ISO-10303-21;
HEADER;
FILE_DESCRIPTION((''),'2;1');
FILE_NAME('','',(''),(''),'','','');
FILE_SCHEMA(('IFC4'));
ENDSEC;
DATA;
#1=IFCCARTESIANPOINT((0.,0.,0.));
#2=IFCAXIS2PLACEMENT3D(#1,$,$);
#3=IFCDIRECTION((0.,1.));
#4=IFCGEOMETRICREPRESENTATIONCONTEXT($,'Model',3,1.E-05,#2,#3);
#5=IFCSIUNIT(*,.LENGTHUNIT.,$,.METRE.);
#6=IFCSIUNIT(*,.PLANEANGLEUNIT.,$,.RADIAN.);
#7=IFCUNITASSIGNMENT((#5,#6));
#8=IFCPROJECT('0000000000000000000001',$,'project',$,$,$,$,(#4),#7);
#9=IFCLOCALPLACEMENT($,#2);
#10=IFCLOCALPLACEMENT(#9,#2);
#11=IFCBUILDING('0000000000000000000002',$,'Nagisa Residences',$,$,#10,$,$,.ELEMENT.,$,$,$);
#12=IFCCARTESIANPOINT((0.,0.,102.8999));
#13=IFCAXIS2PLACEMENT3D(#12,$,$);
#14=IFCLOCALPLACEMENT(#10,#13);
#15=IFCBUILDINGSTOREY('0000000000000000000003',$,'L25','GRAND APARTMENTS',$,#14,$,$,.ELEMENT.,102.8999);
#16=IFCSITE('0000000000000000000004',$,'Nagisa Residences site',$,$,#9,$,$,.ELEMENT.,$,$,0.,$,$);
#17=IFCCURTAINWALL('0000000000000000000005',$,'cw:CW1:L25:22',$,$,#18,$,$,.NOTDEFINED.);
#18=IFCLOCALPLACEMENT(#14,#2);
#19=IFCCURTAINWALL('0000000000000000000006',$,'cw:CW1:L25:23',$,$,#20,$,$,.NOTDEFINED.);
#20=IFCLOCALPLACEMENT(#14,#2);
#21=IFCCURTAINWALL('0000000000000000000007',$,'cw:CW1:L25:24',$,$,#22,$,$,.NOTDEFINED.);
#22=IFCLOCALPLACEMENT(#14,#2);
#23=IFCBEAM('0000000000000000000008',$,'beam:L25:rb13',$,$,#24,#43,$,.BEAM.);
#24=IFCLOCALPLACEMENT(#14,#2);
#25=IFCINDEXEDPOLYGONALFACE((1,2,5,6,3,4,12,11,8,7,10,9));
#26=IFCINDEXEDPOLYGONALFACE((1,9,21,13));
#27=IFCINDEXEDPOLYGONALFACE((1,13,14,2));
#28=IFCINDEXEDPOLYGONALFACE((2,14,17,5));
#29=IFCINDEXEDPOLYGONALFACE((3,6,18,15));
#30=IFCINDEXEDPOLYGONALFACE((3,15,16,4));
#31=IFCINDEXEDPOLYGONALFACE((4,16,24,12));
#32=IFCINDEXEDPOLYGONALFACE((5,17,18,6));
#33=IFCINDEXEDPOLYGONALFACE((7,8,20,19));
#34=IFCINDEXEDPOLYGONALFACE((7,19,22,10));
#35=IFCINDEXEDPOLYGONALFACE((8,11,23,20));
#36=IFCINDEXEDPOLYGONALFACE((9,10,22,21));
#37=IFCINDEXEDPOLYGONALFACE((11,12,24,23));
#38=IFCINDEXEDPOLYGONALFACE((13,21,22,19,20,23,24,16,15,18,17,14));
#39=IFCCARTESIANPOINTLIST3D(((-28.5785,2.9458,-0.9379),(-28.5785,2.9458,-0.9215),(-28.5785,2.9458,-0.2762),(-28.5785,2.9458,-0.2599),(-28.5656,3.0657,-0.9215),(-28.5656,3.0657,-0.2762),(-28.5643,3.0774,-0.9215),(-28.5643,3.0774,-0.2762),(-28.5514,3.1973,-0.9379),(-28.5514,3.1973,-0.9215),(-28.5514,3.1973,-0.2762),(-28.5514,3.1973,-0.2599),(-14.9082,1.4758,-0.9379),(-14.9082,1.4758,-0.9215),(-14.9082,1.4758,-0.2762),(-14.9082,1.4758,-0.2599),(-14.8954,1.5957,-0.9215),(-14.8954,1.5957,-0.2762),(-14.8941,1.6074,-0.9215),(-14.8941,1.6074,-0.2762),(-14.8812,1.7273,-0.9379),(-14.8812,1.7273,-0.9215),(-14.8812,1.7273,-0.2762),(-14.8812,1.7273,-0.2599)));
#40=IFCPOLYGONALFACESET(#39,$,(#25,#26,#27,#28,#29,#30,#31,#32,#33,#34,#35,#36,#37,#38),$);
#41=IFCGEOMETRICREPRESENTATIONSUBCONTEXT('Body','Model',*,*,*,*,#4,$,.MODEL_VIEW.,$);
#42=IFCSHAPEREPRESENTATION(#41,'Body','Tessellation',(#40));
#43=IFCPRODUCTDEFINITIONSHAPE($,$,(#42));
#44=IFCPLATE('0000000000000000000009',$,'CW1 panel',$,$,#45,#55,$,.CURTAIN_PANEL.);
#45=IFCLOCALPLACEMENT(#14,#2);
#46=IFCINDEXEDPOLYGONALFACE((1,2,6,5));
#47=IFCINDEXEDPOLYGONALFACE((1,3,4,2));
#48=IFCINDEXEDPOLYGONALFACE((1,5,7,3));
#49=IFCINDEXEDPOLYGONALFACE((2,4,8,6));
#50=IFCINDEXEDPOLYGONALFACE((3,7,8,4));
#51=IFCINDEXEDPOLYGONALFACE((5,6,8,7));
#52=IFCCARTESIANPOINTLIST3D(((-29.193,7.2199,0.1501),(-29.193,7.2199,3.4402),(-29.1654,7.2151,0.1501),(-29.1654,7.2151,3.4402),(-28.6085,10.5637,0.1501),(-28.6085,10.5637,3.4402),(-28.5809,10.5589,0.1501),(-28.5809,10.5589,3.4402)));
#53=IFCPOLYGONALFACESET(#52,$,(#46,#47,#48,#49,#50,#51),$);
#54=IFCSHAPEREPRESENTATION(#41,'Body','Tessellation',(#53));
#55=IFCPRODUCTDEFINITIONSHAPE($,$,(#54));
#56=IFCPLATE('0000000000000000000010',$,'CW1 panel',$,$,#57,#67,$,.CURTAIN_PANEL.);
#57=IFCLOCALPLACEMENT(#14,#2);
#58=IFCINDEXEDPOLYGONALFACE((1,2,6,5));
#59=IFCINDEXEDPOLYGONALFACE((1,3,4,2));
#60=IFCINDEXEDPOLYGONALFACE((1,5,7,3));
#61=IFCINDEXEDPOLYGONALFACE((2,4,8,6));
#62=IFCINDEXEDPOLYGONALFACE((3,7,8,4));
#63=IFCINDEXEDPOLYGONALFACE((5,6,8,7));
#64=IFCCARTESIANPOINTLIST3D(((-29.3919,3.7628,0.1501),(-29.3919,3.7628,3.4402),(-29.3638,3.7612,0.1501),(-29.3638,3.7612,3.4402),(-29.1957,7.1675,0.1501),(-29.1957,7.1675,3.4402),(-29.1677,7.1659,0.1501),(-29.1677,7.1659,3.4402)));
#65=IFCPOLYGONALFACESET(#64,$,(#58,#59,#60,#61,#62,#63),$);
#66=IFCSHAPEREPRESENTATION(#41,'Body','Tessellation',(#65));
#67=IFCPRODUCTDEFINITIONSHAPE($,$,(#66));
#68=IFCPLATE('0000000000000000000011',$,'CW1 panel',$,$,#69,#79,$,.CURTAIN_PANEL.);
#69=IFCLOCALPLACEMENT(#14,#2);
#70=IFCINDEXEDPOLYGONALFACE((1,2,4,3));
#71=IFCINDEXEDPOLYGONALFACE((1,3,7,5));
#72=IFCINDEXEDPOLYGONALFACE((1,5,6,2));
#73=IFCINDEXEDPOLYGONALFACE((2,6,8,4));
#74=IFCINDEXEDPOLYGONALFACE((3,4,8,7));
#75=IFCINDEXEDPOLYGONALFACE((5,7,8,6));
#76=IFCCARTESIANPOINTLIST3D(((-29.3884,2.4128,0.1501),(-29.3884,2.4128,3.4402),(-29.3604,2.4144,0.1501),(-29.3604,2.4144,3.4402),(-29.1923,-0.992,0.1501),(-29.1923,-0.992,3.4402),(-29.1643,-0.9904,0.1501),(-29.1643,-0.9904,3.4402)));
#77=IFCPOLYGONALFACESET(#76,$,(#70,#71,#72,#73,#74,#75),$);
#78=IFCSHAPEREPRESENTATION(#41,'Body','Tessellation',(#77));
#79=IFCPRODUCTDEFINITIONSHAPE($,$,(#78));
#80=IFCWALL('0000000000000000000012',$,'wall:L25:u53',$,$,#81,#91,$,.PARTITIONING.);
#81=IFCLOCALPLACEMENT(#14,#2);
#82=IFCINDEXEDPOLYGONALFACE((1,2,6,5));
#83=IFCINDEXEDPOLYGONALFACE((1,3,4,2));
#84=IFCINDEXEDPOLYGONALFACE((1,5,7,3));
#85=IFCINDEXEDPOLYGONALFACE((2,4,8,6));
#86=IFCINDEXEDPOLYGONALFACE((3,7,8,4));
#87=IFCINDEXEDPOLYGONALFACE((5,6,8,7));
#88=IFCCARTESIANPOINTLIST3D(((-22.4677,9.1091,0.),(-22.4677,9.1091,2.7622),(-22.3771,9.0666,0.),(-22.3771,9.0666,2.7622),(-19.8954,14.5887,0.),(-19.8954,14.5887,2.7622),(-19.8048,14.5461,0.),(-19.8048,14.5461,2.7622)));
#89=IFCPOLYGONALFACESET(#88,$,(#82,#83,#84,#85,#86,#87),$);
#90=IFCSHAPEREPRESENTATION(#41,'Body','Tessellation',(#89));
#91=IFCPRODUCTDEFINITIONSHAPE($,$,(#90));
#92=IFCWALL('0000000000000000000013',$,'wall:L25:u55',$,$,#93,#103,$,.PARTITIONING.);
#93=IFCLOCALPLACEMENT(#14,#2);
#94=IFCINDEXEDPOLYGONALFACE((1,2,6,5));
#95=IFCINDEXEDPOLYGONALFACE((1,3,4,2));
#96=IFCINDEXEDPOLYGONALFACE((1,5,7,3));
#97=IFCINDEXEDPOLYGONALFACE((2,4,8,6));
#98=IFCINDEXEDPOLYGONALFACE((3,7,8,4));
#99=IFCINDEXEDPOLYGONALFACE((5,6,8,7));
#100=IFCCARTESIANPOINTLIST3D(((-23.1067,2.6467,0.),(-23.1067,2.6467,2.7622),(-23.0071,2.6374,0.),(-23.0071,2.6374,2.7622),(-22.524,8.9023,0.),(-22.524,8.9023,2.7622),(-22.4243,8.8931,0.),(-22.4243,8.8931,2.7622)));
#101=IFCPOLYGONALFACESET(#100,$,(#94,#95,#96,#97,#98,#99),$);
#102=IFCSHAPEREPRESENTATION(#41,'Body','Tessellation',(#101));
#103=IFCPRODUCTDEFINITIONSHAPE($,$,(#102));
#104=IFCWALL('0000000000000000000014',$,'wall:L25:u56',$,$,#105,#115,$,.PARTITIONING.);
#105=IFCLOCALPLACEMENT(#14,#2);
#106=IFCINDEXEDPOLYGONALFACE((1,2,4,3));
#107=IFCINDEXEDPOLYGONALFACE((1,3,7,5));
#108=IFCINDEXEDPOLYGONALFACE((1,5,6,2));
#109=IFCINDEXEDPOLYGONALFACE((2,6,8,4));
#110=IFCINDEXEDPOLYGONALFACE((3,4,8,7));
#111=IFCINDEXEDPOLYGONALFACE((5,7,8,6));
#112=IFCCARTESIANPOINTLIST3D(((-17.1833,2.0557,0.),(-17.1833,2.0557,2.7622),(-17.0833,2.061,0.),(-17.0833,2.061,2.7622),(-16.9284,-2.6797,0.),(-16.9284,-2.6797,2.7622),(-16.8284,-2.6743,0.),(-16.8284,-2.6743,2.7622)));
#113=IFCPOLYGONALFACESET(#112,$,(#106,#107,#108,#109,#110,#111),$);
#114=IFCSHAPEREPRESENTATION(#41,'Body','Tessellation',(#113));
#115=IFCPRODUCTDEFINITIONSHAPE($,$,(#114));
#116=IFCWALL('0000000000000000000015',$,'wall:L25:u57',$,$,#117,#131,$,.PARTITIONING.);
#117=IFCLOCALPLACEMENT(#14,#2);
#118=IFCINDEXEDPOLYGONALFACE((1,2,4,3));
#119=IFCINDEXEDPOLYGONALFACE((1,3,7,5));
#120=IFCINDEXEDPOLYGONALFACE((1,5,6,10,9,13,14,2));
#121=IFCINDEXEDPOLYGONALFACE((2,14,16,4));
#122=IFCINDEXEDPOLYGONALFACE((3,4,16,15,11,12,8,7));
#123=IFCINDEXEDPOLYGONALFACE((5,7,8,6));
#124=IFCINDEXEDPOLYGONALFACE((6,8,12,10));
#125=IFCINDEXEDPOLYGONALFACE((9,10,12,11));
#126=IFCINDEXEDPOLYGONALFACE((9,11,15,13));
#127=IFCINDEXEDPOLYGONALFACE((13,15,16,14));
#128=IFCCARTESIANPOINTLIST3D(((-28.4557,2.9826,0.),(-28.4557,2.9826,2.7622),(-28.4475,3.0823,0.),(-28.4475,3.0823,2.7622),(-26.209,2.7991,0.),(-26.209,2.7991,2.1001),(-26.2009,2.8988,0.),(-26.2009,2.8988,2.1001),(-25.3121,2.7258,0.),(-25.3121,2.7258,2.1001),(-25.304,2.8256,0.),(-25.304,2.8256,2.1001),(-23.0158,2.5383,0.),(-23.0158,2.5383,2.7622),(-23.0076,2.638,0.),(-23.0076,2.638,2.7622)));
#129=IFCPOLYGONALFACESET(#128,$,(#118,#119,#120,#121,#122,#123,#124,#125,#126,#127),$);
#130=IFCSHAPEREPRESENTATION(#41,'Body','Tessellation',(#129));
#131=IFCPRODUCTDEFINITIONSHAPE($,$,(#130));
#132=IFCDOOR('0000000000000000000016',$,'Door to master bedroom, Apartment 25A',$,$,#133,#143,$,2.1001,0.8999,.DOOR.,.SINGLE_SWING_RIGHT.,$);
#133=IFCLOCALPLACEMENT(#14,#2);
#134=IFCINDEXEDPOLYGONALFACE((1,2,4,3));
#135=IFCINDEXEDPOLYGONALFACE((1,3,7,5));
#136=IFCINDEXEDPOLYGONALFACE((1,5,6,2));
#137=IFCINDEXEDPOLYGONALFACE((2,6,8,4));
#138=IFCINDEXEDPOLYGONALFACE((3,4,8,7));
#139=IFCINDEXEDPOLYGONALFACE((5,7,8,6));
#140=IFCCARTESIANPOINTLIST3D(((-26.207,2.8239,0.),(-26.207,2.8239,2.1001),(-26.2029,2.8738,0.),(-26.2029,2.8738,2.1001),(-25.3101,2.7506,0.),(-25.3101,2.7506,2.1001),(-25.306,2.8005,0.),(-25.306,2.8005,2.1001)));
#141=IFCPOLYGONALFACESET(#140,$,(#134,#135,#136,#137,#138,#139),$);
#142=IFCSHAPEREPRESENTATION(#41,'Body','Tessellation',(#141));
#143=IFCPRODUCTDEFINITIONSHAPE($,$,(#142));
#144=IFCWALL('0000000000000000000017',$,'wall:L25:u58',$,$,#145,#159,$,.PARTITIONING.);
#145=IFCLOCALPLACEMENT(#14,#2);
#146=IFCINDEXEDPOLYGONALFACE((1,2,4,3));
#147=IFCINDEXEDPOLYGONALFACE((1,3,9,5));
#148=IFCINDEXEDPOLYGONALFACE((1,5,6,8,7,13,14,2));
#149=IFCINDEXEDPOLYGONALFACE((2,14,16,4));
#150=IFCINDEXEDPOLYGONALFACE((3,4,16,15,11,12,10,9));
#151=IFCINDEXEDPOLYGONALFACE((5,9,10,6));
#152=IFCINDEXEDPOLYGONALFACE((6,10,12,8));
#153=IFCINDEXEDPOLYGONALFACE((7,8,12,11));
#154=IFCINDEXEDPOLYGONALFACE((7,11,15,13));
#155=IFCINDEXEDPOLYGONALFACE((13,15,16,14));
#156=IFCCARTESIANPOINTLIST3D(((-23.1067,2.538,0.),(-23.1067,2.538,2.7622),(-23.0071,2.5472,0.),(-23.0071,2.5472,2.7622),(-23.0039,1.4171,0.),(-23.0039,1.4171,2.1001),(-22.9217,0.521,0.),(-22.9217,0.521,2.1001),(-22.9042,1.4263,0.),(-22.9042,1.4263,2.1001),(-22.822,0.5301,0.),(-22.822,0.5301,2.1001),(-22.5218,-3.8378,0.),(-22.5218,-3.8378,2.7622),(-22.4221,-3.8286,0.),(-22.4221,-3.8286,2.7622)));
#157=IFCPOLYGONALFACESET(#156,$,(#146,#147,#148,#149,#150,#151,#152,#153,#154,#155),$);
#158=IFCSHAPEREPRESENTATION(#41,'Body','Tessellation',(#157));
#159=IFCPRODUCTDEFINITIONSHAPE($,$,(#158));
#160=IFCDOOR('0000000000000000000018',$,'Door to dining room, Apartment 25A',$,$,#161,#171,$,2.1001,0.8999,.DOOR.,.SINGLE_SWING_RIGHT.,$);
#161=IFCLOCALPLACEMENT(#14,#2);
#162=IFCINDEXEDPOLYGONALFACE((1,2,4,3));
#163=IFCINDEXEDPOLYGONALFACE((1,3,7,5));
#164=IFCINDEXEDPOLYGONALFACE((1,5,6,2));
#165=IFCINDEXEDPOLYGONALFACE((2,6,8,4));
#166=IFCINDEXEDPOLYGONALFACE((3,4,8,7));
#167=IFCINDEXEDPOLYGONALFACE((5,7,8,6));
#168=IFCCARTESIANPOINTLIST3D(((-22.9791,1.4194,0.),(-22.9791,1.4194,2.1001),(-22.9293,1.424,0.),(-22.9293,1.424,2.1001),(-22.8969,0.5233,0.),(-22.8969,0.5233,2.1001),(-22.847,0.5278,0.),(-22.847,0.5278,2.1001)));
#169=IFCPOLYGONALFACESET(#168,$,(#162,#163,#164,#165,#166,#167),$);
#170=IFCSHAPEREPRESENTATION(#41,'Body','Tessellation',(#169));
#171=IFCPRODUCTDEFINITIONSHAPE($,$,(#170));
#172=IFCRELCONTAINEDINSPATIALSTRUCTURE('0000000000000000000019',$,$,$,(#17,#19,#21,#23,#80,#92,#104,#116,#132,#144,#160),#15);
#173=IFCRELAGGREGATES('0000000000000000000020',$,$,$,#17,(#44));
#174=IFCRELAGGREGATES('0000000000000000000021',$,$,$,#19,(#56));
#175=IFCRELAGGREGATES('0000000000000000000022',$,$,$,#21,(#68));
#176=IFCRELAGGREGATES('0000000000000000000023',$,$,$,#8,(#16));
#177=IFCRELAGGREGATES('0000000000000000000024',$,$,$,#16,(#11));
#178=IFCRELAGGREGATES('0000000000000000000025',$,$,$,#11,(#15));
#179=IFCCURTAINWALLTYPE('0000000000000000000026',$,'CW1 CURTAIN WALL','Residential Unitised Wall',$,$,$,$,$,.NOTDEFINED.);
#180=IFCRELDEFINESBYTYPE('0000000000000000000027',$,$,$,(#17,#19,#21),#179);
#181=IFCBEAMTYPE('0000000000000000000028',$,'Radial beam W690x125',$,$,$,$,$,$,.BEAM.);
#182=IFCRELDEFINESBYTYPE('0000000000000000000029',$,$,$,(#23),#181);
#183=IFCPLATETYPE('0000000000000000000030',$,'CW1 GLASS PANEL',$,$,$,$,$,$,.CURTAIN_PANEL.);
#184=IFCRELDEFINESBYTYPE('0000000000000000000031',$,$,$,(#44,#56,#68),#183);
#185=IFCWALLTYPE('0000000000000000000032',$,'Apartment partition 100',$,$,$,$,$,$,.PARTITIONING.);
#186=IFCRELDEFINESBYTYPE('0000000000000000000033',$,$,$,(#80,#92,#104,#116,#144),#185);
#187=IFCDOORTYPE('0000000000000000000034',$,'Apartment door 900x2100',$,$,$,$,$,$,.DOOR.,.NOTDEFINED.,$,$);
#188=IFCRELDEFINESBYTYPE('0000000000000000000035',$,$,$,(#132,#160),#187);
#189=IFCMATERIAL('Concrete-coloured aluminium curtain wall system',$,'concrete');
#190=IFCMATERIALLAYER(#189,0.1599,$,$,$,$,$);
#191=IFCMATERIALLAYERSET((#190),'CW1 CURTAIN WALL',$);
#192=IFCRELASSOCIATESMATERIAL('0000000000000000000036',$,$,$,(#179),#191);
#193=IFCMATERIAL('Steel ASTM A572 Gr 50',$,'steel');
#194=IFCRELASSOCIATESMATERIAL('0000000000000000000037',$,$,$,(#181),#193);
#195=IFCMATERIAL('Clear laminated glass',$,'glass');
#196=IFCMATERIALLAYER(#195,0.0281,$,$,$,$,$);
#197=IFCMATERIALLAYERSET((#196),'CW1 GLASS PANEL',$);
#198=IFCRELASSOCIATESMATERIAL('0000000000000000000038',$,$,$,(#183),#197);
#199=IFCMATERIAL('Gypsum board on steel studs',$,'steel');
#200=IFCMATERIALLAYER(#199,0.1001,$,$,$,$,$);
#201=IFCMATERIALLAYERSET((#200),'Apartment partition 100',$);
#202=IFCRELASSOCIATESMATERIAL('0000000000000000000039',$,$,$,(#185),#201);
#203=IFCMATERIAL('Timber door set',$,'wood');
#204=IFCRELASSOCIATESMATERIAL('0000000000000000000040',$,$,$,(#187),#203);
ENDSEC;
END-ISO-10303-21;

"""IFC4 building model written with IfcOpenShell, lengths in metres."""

from ifc_helpers import new_model, si_unit, direction, frame, frame_2d, origin, origin_2d, place, context, subcontext, project, spatial, rectangle, i_section, extrude, material, layer, layer_set, material_profile, profile_set, type_object, element, fill, aggregate, save


model = new_model("IFC4")

# Units and contexts
model_context = context("Model", 3, precision=1e-05, world=origin(), true_north=direction((0.0, 1.0)))
body_context = subcontext(model_context, "Body", "Model", "MODEL_VIEW")
ifc_project = project(units=[si_unit("LENGTHUNIT", "METRE"), si_unit("PLANEANGLEUNIT", "RADIAN")], contexts=[model_context])

# Site, building, storey
site_placement = place(None, origin())
site = spatial("IfcSite", under=ifc_project, at=site_placement, Name="Nagisa Residences site", CompositionType="ELEMENT", RefElevation=0.0)
building_placement = place(site_placement, origin())
building = spatial("IfcBuilding", under=site, at=building_placement, Name="Nagisa Residences", CompositionType="ELEMENT")
storey_placement = place(building_placement, frame((0.0, 0.0, 102.8999)))
storey = spatial("IfcBuildingStorey", under=building, at=storey_placement, Name="L25", Description="GRAND APARTMENTS", CompositionType="ELEMENT", Elevation=102.8999)

# Curtain walls
ifc_material_1 = material(Name="Concrete-coloured aluminium curtain wall system", Category="concrete")
ifc_layer_1 = layer(ifc_material_1, 0.1599)
ifc_layer_set_1 = layer_set([ifc_layer_1], Name="CW1 CURTAIN WALL")
curtain_wall_type = type_object("IfcCurtainWallType", Name="CW1 CURTAIN WALL", Description="Residential Unitised Wall", PredefinedType="NOTDEFINED", material=ifc_layer_set_1)
curtain_wall_1_placement = place(storey_placement, origin())
curtain_wall_1 = element("IfcCurtainWall", 1, at=curtain_wall_1_placement, inside=storey, type_object=curtain_wall_type, Name="cw:CW1:L25:22", PredefinedType="NOTDEFINED")
curtain_wall_2_placement = place(storey_placement, origin())
curtain_wall_2 = element("IfcCurtainWall", 2, at=curtain_wall_2_placement, inside=storey, type_object=curtain_wall_type, Name="cw:CW1:L25:23", PredefinedType="NOTDEFINED")
curtain_wall_3_placement = place(storey_placement, origin())
curtain_wall_3 = element("IfcCurtainWall", 3, at=curtain_wall_3_placement, inside=storey, type_object=curtain_wall_type, Name="cw:CW1:L25:24", PredefinedType="NOTDEFINED")

# Beam
ifc_material_2 = material(Name="Steel ASTM A572 Gr 50", Category="steel")
ifc_material_profile_1 = material_profile(ifc_material_2, i_section(OverallWidth=0.2529, OverallDepth=0.678, WebThickness=0.0117, FlangeThickness=0.0164, at=origin_2d()), Name="W690x125")
ifc_profile_set_1 = profile_set([ifc_material_profile_1], Name="Steel ASTM A572 Gr 50")
beam_type_1 = type_object("IfcBeamType", Name="Radial beam W690x125", PredefinedType="BEAM", material=ifc_profile_set_1)
beam_1_placement = place(storey_placement, frame((-28.5649, 3.0715, -0.5989), z_axis=(0.994268, -0.106915, 0.0), x_axis=(0.106915, 0.994268, 0.0)))
element("IfcBeam", 4, at=beam_1_placement, inside=storey, type_object=beam_type_1, Name="beam:L25:rb13", PredefinedType="BEAM", context=body_context, shape_type="SweptSolid", body=[
    extrude(i_section(OverallWidth=0.2529, OverallDepth=0.678, WebThickness=0.0117, FlangeThickness=0.0164, at=origin_2d()), origin(), (0.0, 0.0, 1.0), 13.749),
])

# Plates
ifc_material_3 = material(Name="Clear laminated glass", Category="glass")
ifc_layer_2 = layer(ifc_material_3, 0.0281)
ifc_layer_set_2 = layer_set([ifc_layer_2], Name="CW1 GLASS PANEL")
plate_type = type_object("IfcPlateType", Name="CW1 GLASS PANEL", PredefinedType="CURTAIN_PANEL", material=ifc_layer_set_2)
plate_1_placement = place(storey_placement, frame((-28.887, 8.8894, 0.1501), z_axis=(0.0, 0.0, 1.0), x_axis=(-0.172191, -0.985064, 0.0)))
plate_1 = element("IfcPlate", 5, at=plate_1_placement, type_object=plate_type, Name="CW1 panel", PredefinedType="CURTAIN_PANEL", context=body_context, shape_type="SweptSolid", body=[
    extrude(rectangle(XDim=3.3945, YDim=0.0281, at=origin_2d()), origin(), (0.0, 0.0, 1.0), 3.29),
])
aggregate(curtain_wall_1, [plate_1])
plate_2_placement = place(storey_placement, frame((-29.2798, 5.4644, 0.1501), z_axis=(0.0, 0.0, 1.0), x_axis=(-0.057503, -0.998345, 0.0)))
plate_2 = element("IfcPlate", 6, at=plate_2_placement, type_object=plate_type, Name="CW1 panel", PredefinedType="CURTAIN_PANEL", context=body_context, shape_type="SweptSolid", body=[
    extrude(rectangle(XDim=3.4104, YDim=0.0281, at=origin_2d()), origin(), (0.0, 0.0, 1.0), 3.29),
])
aggregate(curtain_wall_2, [plate_2])
plate_3_placement = place(storey_placement, frame((-29.2764, 0.7112, 0.1501), z_axis=(0.0, 0.0, 1.0), x_axis=(0.057503, -0.998345, 0.0)))
plate_3 = element("IfcPlate", 7, at=plate_3_placement, type_object=plate_type, Name="CW1 panel", PredefinedType="CURTAIN_PANEL", context=body_context, shape_type="SweptSolid", body=[
    extrude(rectangle(XDim=3.4104, YDim=0.0281, at=origin_2d()), origin(), (0.0, 0.0, 1.0), 3.29),
])
aggregate(curtain_wall_3, [plate_3])

# Walls
ifc_material_4 = material(Name="Gypsum board on steel studs", Category="steel")
ifc_layer_3 = layer(ifc_material_4, 0.1001)
ifc_layer_set_3 = layer_set([ifc_layer_3], Name="Apartment partition 100")
wall_type_1 = type_object("IfcWallType", Name="Apartment partition 100", PredefinedType="PARTITIONING", material=ifc_layer_set_3)
wall_1_placement = place(storey_placement, frame((-19.8501, 14.5674, 0.0), z_axis=(0.0, 0.0, 1.0), x_axis=(-0.424942, -0.90522, 0.0)))
element("IfcWall", 8, at=wall_1_placement, inside=storey, type_object=wall_type_1, Name="wall:L25:u53", PredefinedType="PARTITIONING", context=body_context, shape_type="SweptSolid", body=[
    extrude(rectangle(XDim=6.0532, YDim=0.1001, at=frame_2d((3.0266, 0.0))), origin(), (0.0, 0.0, 1.0), 2.7622),
])
wall_2_placement = place(storey_placement, frame((-22.4741, 8.8977, 0.0), z_axis=(0.0, 0.0, 1.0), x_axis=(-0.092757, -0.995689, 0.0)))
element("IfcWall", 9, at=wall_2_placement, inside=storey, type_object=wall_type_1, Name="wall:L25:u55", PredefinedType="PARTITIONING", context=body_context, shape_type="SweptSolid", body=[
    extrude(rectangle(XDim=6.2827, YDim=0.1001, at=frame_2d((3.1414, 0.0))), origin(), (0.0, 0.0, 1.0), 2.7622),
])
wall_3_placement = place(storey_placement, frame((-17.1333, 2.0583, 0.0), z_axis=(0.0, 0.0, 1.0), x_axis=(0.053748, -0.998555, 0.0)))
element("IfcWall", 10, at=wall_3_placement, inside=storey, type_object=wall_type_1, Name="wall:L25:u56", PredefinedType="PARTITIONING", context=body_context, shape_type="SweptSolid", body=[
    extrude(rectangle(XDim=4.7422, YDim=0.1001, at=frame_2d((2.3711, 0.0))), origin(), (0.0, 0.0, 1.0), 2.7622),
])

# Walls, openings, doors
wall_4_placement = place(storey_placement, frame((-23.0117, 2.5881, 0.0), z_axis=(0.0, 0.0, 1.0), x_axis=(-0.996681, 0.081409, 0.0)))
wall_4 = element("IfcWall", 11, at=wall_4_placement, inside=storey, type_object=wall_type_1, Name="wall:L25:u57", PredefinedType="PARTITIONING", context=body_context, shape_type="SweptSolid", body=[
    extrude(rectangle(XDim=5.458, YDim=0.1001, at=frame_2d((2.729, 0.0))), origin(), (0.0, 0.0, 1.0), 2.7622),
])
opening_1_placement = place(wall_4_placement, frame((2.304, 0.0, 0.0)))
opening_1 = element("IfcOpeningElement", 12, at=opening_1_placement, cuts=wall_4, PredefinedType="OPENING", context=body_context, shape_type="SweptSolid", body=[
    extrude(rectangle(XDim=0.8999, YDim=2.1001, at=frame_2d((0.45, 1.05))), frame((0.0, 0.0601, 0.0), z_axis=(0.0, -1.0, 0.0), x_axis=(1.0, 0.0, 0.0)), (0.0, 0.0, 1.0), 0.1201),
])
ifc_material_5 = material(Name="Timber door set", Category="wood")
door_type_1 = type_object("IfcDoorType", Name="Apartment door 900x2100", OperationType="NOTDEFINED", PredefinedType="DOOR", material=ifc_material_5)
door_1_placement = place(opening_1_placement, frame((0.8999, 0.0, 0.0), x_axis=(-1.0, 0.0, 0.0)))
door_1 = element("IfcDoor", 13, at=door_1_placement, inside=storey, type_object=door_type_1, Name="Door to master bedroom, Apartment 25A", OperationType="SINGLE_SWING_RIGHT", OverallHeight=2.1001, OverallWidth=0.8999, PredefinedType="DOOR", context=body_context, shape_type="SweptSolid", body=[
    extrude(rectangle(XDim=0.8999, YDim=2.1001, at=frame_2d((0.45, 1.05))), frame((0.0, 0.0249, 0.0), z_axis=(0.0, -1.0, 0.0), x_axis=(1.0, 0.0, 0.0)), (0.0, 0.0, 1.0), 0.05),
])
fill(opening_1, door_1)
wall_5_placement = place(storey_placement, frame((-23.0569, 2.5425, 0.0), z_axis=(0.0, 0.0, 1.0), x_axis=(0.091364, -0.995818, 0.0)))
wall_5 = element("IfcWall", 14, at=wall_5_placement, inside=storey, type_object=wall_type_1, Name="wall:L25:u58", PredefinedType="PARTITIONING", context=body_context, shape_type="SweptSolid", body=[
    extrude(rectangle(XDim=6.4026, YDim=0.1001, at=frame_2d((3.2012, 0.0))), origin(), (0.0, 0.0, 1.0), 2.7622),
])
opening_2_placement = place(wall_5_placement, frame((1.1255, 0.0, 0.0)))
opening_2 = element("IfcOpeningElement", 15, at=opening_2_placement, cuts=wall_5, PredefinedType="OPENING", context=body_context, shape_type="SweptSolid", body=[
    extrude(rectangle(XDim=0.8999, YDim=2.1001, at=frame_2d((0.45, 1.05))), frame((0.0, 0.0601, 0.0), z_axis=(0.0, -1.0, 0.0), x_axis=(1.0, 0.0, 0.0)), (0.0, 0.0, 1.0), 0.1201),
])
door_2_placement = place(opening_2_placement, origin())
door_2 = element("IfcDoor", 16, at=door_2_placement, inside=storey, type_object=door_type_1, Name="Door to dining room, Apartment 25A", OperationType="SINGLE_SWING_RIGHT", OverallHeight=2.1001, OverallWidth=0.8999, PredefinedType="DOOR", context=body_context, shape_type="SweptSolid", body=[
    extrude(rectangle(XDim=0.8999, YDim=2.1001, at=frame_2d((0.45, 1.05))), frame((0.0, 0.0249, 0.0), z_axis=(0.0, -1.0, 0.0), x_axis=(1.0, 0.0, 0.0)), (0.0, 0.0, 1.0), 0.05),
])
fill(opening_2, door_2)

save(model, "model.ifc")
